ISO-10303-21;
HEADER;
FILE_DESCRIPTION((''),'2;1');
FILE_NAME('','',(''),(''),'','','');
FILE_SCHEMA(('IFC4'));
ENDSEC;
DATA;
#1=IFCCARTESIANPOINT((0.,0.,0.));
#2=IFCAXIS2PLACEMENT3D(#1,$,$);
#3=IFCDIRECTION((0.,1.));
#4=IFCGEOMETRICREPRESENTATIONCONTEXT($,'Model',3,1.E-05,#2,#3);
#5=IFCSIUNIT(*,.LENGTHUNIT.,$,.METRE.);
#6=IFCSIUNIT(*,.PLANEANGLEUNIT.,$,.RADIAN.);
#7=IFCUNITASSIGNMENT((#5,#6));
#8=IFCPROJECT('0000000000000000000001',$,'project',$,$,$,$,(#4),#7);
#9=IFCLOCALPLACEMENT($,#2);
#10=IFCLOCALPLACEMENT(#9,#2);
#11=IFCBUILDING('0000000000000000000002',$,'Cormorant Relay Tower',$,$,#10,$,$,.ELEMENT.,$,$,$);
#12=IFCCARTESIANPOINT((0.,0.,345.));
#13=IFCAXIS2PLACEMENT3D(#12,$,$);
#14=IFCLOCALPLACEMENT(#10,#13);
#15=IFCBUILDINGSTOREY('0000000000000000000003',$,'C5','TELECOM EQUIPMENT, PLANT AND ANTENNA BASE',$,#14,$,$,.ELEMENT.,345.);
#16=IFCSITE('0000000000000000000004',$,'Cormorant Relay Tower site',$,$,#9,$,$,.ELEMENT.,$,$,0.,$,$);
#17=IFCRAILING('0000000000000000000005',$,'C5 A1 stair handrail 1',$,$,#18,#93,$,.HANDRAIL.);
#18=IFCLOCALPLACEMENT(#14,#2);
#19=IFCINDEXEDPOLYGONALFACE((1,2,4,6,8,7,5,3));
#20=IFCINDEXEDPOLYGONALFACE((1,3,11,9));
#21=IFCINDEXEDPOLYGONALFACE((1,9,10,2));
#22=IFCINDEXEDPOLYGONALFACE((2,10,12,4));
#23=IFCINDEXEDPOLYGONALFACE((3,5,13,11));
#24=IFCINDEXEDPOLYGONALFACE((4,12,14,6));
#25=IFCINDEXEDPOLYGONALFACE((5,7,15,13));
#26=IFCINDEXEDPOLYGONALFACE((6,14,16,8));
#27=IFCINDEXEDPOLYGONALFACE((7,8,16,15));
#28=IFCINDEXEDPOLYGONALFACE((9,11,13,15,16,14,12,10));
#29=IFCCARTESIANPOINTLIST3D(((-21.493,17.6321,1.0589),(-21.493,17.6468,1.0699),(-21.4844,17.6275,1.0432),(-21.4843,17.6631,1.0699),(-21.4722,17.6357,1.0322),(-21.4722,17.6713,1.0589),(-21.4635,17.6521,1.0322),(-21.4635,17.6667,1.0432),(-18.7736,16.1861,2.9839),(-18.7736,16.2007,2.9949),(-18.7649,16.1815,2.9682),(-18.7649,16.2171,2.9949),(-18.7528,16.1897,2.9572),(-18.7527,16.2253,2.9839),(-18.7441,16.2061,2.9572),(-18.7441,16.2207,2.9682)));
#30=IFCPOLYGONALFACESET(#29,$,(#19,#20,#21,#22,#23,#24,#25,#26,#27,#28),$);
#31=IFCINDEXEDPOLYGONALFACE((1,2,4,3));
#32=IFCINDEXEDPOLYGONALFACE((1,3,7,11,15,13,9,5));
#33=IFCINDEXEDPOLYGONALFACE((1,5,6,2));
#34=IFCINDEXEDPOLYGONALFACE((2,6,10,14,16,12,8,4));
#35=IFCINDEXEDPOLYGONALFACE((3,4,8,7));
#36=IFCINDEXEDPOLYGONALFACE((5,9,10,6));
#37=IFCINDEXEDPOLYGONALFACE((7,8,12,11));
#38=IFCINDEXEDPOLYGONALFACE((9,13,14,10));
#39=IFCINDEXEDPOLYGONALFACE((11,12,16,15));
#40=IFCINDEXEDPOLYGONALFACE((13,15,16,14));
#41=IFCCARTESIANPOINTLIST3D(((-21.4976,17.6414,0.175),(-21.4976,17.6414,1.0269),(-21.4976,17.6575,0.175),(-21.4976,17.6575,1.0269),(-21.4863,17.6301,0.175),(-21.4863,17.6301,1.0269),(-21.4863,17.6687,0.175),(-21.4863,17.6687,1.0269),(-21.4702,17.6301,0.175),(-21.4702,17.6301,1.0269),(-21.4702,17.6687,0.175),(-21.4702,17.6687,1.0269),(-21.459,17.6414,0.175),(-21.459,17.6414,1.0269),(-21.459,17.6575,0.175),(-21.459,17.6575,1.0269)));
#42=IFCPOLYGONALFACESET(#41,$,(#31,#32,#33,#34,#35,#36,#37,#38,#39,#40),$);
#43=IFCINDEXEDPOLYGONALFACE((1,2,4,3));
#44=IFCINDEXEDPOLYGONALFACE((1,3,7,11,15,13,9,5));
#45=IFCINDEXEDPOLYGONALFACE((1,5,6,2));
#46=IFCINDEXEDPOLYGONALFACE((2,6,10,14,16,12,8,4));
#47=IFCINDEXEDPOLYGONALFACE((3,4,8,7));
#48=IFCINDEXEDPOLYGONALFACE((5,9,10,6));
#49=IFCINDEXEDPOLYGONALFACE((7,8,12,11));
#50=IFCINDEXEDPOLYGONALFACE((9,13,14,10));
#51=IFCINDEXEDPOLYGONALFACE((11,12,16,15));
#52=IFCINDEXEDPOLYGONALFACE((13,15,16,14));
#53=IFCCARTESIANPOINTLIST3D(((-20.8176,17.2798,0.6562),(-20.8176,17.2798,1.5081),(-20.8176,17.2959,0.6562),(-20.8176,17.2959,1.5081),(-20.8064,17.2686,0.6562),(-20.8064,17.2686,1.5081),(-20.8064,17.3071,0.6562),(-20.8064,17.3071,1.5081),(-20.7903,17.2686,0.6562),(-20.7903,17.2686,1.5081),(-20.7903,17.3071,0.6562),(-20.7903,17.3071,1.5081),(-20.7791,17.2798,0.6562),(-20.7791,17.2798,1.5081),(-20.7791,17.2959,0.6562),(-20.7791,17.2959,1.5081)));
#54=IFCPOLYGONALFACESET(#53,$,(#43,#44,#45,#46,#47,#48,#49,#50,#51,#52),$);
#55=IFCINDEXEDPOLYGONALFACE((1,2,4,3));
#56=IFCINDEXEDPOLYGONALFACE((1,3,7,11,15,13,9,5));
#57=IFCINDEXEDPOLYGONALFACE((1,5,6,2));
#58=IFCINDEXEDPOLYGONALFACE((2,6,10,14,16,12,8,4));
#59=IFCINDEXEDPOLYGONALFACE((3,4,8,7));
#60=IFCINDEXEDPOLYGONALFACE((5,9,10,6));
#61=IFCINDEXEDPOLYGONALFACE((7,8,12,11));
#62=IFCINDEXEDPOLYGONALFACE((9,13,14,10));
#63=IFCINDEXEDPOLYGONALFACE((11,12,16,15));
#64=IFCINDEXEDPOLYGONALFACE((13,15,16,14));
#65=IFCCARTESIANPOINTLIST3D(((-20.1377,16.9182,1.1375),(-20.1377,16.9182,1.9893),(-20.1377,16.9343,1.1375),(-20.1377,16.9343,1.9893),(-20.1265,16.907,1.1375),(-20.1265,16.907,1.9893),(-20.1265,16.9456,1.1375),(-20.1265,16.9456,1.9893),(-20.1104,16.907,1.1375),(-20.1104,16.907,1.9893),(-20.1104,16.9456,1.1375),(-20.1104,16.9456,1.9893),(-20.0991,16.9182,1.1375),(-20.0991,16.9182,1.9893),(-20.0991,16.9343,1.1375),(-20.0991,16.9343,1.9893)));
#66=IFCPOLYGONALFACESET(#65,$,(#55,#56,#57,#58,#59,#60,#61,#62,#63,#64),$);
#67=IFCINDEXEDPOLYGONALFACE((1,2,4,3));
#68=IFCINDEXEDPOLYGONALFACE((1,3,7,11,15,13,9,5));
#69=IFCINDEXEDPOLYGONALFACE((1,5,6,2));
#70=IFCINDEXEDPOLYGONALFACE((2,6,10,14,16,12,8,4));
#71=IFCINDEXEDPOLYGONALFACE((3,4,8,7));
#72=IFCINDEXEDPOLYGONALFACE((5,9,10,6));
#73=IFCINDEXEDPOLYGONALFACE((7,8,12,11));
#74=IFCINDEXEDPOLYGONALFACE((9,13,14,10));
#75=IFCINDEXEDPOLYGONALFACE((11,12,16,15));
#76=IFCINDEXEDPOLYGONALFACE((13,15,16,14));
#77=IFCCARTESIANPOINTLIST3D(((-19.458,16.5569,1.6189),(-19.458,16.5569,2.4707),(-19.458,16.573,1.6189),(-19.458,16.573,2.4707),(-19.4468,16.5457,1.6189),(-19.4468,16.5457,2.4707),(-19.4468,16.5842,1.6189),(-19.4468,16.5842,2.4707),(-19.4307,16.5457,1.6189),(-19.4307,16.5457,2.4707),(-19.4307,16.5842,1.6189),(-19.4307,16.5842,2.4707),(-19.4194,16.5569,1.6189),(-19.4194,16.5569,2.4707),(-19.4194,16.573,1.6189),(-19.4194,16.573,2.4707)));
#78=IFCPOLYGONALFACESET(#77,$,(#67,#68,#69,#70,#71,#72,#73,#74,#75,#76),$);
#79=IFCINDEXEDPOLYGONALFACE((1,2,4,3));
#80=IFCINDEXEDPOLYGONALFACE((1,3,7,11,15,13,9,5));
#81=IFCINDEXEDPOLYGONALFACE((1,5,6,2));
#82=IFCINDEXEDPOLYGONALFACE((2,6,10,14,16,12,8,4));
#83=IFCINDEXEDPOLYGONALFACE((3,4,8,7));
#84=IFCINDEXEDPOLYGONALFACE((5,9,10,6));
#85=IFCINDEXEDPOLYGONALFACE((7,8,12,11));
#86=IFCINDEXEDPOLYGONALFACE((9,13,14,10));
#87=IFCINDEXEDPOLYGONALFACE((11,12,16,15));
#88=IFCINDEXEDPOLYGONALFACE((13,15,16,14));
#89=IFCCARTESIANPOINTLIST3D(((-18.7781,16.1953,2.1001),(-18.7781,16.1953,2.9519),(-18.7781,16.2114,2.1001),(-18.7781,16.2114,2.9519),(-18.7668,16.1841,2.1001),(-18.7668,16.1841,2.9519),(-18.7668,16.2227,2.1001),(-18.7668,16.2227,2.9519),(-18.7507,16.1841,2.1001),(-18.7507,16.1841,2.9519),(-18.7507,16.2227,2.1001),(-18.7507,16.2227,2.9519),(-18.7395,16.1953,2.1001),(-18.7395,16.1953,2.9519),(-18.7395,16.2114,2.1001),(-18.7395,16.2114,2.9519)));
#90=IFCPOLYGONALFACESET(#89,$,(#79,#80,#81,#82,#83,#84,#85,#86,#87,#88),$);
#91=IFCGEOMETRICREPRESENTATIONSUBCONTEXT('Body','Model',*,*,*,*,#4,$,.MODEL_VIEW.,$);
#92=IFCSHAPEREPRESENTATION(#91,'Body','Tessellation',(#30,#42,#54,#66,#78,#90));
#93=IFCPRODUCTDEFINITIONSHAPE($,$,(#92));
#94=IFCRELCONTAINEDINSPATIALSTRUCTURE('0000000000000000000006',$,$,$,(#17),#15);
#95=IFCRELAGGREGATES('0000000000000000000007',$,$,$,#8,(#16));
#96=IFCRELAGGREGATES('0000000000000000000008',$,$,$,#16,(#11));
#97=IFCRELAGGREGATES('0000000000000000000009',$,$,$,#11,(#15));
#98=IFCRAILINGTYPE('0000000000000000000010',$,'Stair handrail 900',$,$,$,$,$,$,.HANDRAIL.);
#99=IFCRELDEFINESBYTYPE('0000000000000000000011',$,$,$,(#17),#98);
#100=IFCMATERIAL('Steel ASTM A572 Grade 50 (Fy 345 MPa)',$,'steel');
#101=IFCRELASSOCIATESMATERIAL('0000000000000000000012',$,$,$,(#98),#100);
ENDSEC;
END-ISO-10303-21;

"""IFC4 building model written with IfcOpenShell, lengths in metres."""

from ifc_helpers import new_model, si_unit, direction, frame, origin, place, context, subcontext, project, spatial, polyline, outline, extrude, material, type_object, element, save


model = new_model("IFC4")

# Units and contexts
model_context = context("Model", 3, precision=1e-05, world=origin(), true_north=direction((0.0, 1.0)))
body_context = subcontext(model_context, "Body", "Model", "MODEL_VIEW")
ifc_project = project(units=[si_unit("LENGTHUNIT", "METRE"), si_unit("PLANEANGLEUNIT", "RADIAN")], contexts=[model_context])

# Site, building, storey
site_placement = place(None, origin())
site = spatial("IfcSite", under=ifc_project, at=site_placement, Name="Cormorant Relay Tower site", CompositionType="ELEMENT", RefElevation=0.0)
building_placement = place(site_placement, origin())
building = spatial("IfcBuilding", under=site, at=building_placement, Name="Cormorant Relay Tower", CompositionType="ELEMENT")
storey_placement = place(building_placement, frame((0.0, 0.0, 345.0)))
storey = spatial("IfcBuildingStorey", under=building, at=storey_placement, Name="C5", Description="TELECOM EQUIPMENT, PLANT AND ANTENNA BASE", CompositionType="ELEMENT", Elevation=345.0)

# Railing
ifc_material_1 = material(Name="Steel ASTM A572 Grade 50 (Fy 345 MPa)", Category="steel")
railing_type_1 = type_object("IfcRailingType", Name="Stair handrail 900", PredefinedType="HANDRAIL", material=ifc_material_1)
railing_1_placement = place(storey_placement, frame((-21.4783, 17.6494, 0.175)))
element("IfcRailing", 1, at=railing_1_placement, inside=storey, type_object=railing_type_1, Name="C5 A1 stair handrail 1", PredefinedType="HANDRAIL", context=body_context, shape_type="SweptSolid", body=[
    extrude(outline(polyline([(0.0222, 0.0093), (0.0093, 0.0222), (-0.0093, 0.0222), (-0.0222, 0.0093), (-0.0222, -0.0093), (-0.0093, -0.0222), (0.0093, -0.0222), (0.0222, -0.0093), (0.0222, 0.0093)])), frame((0.0, 0.0, 0.876), z_axis=(0.748727, -0.398125, 0.530004), x_axis=(0.469489, 0.882938, 0.0)), (0.0, 0.0, 1.0), 3.6321),
    extrude(outline(polyline([(0.0193, 0.0081), (0.0081, 0.0193), (-0.0081, 0.0193), (-0.0193, 0.0081), (-0.0193, -0.0081), (-0.0081, -0.0193), (0.0081, -0.0193), (0.0193, -0.0081), (0.0193, 0.0081)])), origin(), (0.0, 0.0, 1.0), 0.8518),
    extrude(outline(polyline([(0.0193, 0.0081), (0.0081, 0.0193), (-0.0081, 0.0193), (-0.0193, 0.0081), (-0.0193, -0.0081), (-0.0081, -0.0193), (0.0081, -0.0193), (0.0193, -0.0081), (0.0193, 0.0081)])), frame((0.6799, -0.3616, 0.4812)), (0.0, 0.0, 1.0), 0.8518),
    extrude(outline(polyline([(0.0193, 0.0081), (0.0081, 0.0193), (-0.0081, 0.0193), (-0.0193, 0.0081), (-0.0193, -0.0081), (-0.0081, -0.0193), (0.0081, -0.0193), (0.0193, -0.0081), (0.0193, 0.0081)])), frame((1.3599, -0.7231, 0.9624)), (0.0, 0.0, 1.0), 0.8518),
    extrude(outline(polyline([(0.0193, 0.0081), (0.0081, 0.0193), (-0.0081, 0.0193), (-0.0193, 0.0081), (-0.0193, -0.0081), (-0.0081, -0.0193), (0.0081, -0.0193), (0.0193, -0.0081), (0.0193, 0.0081)])), frame((2.0396, -1.0845, 1.4438)), (0.0, 0.0, 1.0), 0.8518),
    extrude(outline(polyline([(0.0193, 0.0081), (0.0081, 0.0193), (-0.0081, 0.0193), (-0.0193, 0.0081), (-0.0193, -0.0081), (-0.0081, -0.0193), (0.0081, -0.0193), (0.0193, -0.0081), (0.0193, 0.0081)])), frame((2.7195, -1.446, 1.925)), (0.0, 0.0, 1.0), 0.8518),
])

save(model, "model.ifc")
